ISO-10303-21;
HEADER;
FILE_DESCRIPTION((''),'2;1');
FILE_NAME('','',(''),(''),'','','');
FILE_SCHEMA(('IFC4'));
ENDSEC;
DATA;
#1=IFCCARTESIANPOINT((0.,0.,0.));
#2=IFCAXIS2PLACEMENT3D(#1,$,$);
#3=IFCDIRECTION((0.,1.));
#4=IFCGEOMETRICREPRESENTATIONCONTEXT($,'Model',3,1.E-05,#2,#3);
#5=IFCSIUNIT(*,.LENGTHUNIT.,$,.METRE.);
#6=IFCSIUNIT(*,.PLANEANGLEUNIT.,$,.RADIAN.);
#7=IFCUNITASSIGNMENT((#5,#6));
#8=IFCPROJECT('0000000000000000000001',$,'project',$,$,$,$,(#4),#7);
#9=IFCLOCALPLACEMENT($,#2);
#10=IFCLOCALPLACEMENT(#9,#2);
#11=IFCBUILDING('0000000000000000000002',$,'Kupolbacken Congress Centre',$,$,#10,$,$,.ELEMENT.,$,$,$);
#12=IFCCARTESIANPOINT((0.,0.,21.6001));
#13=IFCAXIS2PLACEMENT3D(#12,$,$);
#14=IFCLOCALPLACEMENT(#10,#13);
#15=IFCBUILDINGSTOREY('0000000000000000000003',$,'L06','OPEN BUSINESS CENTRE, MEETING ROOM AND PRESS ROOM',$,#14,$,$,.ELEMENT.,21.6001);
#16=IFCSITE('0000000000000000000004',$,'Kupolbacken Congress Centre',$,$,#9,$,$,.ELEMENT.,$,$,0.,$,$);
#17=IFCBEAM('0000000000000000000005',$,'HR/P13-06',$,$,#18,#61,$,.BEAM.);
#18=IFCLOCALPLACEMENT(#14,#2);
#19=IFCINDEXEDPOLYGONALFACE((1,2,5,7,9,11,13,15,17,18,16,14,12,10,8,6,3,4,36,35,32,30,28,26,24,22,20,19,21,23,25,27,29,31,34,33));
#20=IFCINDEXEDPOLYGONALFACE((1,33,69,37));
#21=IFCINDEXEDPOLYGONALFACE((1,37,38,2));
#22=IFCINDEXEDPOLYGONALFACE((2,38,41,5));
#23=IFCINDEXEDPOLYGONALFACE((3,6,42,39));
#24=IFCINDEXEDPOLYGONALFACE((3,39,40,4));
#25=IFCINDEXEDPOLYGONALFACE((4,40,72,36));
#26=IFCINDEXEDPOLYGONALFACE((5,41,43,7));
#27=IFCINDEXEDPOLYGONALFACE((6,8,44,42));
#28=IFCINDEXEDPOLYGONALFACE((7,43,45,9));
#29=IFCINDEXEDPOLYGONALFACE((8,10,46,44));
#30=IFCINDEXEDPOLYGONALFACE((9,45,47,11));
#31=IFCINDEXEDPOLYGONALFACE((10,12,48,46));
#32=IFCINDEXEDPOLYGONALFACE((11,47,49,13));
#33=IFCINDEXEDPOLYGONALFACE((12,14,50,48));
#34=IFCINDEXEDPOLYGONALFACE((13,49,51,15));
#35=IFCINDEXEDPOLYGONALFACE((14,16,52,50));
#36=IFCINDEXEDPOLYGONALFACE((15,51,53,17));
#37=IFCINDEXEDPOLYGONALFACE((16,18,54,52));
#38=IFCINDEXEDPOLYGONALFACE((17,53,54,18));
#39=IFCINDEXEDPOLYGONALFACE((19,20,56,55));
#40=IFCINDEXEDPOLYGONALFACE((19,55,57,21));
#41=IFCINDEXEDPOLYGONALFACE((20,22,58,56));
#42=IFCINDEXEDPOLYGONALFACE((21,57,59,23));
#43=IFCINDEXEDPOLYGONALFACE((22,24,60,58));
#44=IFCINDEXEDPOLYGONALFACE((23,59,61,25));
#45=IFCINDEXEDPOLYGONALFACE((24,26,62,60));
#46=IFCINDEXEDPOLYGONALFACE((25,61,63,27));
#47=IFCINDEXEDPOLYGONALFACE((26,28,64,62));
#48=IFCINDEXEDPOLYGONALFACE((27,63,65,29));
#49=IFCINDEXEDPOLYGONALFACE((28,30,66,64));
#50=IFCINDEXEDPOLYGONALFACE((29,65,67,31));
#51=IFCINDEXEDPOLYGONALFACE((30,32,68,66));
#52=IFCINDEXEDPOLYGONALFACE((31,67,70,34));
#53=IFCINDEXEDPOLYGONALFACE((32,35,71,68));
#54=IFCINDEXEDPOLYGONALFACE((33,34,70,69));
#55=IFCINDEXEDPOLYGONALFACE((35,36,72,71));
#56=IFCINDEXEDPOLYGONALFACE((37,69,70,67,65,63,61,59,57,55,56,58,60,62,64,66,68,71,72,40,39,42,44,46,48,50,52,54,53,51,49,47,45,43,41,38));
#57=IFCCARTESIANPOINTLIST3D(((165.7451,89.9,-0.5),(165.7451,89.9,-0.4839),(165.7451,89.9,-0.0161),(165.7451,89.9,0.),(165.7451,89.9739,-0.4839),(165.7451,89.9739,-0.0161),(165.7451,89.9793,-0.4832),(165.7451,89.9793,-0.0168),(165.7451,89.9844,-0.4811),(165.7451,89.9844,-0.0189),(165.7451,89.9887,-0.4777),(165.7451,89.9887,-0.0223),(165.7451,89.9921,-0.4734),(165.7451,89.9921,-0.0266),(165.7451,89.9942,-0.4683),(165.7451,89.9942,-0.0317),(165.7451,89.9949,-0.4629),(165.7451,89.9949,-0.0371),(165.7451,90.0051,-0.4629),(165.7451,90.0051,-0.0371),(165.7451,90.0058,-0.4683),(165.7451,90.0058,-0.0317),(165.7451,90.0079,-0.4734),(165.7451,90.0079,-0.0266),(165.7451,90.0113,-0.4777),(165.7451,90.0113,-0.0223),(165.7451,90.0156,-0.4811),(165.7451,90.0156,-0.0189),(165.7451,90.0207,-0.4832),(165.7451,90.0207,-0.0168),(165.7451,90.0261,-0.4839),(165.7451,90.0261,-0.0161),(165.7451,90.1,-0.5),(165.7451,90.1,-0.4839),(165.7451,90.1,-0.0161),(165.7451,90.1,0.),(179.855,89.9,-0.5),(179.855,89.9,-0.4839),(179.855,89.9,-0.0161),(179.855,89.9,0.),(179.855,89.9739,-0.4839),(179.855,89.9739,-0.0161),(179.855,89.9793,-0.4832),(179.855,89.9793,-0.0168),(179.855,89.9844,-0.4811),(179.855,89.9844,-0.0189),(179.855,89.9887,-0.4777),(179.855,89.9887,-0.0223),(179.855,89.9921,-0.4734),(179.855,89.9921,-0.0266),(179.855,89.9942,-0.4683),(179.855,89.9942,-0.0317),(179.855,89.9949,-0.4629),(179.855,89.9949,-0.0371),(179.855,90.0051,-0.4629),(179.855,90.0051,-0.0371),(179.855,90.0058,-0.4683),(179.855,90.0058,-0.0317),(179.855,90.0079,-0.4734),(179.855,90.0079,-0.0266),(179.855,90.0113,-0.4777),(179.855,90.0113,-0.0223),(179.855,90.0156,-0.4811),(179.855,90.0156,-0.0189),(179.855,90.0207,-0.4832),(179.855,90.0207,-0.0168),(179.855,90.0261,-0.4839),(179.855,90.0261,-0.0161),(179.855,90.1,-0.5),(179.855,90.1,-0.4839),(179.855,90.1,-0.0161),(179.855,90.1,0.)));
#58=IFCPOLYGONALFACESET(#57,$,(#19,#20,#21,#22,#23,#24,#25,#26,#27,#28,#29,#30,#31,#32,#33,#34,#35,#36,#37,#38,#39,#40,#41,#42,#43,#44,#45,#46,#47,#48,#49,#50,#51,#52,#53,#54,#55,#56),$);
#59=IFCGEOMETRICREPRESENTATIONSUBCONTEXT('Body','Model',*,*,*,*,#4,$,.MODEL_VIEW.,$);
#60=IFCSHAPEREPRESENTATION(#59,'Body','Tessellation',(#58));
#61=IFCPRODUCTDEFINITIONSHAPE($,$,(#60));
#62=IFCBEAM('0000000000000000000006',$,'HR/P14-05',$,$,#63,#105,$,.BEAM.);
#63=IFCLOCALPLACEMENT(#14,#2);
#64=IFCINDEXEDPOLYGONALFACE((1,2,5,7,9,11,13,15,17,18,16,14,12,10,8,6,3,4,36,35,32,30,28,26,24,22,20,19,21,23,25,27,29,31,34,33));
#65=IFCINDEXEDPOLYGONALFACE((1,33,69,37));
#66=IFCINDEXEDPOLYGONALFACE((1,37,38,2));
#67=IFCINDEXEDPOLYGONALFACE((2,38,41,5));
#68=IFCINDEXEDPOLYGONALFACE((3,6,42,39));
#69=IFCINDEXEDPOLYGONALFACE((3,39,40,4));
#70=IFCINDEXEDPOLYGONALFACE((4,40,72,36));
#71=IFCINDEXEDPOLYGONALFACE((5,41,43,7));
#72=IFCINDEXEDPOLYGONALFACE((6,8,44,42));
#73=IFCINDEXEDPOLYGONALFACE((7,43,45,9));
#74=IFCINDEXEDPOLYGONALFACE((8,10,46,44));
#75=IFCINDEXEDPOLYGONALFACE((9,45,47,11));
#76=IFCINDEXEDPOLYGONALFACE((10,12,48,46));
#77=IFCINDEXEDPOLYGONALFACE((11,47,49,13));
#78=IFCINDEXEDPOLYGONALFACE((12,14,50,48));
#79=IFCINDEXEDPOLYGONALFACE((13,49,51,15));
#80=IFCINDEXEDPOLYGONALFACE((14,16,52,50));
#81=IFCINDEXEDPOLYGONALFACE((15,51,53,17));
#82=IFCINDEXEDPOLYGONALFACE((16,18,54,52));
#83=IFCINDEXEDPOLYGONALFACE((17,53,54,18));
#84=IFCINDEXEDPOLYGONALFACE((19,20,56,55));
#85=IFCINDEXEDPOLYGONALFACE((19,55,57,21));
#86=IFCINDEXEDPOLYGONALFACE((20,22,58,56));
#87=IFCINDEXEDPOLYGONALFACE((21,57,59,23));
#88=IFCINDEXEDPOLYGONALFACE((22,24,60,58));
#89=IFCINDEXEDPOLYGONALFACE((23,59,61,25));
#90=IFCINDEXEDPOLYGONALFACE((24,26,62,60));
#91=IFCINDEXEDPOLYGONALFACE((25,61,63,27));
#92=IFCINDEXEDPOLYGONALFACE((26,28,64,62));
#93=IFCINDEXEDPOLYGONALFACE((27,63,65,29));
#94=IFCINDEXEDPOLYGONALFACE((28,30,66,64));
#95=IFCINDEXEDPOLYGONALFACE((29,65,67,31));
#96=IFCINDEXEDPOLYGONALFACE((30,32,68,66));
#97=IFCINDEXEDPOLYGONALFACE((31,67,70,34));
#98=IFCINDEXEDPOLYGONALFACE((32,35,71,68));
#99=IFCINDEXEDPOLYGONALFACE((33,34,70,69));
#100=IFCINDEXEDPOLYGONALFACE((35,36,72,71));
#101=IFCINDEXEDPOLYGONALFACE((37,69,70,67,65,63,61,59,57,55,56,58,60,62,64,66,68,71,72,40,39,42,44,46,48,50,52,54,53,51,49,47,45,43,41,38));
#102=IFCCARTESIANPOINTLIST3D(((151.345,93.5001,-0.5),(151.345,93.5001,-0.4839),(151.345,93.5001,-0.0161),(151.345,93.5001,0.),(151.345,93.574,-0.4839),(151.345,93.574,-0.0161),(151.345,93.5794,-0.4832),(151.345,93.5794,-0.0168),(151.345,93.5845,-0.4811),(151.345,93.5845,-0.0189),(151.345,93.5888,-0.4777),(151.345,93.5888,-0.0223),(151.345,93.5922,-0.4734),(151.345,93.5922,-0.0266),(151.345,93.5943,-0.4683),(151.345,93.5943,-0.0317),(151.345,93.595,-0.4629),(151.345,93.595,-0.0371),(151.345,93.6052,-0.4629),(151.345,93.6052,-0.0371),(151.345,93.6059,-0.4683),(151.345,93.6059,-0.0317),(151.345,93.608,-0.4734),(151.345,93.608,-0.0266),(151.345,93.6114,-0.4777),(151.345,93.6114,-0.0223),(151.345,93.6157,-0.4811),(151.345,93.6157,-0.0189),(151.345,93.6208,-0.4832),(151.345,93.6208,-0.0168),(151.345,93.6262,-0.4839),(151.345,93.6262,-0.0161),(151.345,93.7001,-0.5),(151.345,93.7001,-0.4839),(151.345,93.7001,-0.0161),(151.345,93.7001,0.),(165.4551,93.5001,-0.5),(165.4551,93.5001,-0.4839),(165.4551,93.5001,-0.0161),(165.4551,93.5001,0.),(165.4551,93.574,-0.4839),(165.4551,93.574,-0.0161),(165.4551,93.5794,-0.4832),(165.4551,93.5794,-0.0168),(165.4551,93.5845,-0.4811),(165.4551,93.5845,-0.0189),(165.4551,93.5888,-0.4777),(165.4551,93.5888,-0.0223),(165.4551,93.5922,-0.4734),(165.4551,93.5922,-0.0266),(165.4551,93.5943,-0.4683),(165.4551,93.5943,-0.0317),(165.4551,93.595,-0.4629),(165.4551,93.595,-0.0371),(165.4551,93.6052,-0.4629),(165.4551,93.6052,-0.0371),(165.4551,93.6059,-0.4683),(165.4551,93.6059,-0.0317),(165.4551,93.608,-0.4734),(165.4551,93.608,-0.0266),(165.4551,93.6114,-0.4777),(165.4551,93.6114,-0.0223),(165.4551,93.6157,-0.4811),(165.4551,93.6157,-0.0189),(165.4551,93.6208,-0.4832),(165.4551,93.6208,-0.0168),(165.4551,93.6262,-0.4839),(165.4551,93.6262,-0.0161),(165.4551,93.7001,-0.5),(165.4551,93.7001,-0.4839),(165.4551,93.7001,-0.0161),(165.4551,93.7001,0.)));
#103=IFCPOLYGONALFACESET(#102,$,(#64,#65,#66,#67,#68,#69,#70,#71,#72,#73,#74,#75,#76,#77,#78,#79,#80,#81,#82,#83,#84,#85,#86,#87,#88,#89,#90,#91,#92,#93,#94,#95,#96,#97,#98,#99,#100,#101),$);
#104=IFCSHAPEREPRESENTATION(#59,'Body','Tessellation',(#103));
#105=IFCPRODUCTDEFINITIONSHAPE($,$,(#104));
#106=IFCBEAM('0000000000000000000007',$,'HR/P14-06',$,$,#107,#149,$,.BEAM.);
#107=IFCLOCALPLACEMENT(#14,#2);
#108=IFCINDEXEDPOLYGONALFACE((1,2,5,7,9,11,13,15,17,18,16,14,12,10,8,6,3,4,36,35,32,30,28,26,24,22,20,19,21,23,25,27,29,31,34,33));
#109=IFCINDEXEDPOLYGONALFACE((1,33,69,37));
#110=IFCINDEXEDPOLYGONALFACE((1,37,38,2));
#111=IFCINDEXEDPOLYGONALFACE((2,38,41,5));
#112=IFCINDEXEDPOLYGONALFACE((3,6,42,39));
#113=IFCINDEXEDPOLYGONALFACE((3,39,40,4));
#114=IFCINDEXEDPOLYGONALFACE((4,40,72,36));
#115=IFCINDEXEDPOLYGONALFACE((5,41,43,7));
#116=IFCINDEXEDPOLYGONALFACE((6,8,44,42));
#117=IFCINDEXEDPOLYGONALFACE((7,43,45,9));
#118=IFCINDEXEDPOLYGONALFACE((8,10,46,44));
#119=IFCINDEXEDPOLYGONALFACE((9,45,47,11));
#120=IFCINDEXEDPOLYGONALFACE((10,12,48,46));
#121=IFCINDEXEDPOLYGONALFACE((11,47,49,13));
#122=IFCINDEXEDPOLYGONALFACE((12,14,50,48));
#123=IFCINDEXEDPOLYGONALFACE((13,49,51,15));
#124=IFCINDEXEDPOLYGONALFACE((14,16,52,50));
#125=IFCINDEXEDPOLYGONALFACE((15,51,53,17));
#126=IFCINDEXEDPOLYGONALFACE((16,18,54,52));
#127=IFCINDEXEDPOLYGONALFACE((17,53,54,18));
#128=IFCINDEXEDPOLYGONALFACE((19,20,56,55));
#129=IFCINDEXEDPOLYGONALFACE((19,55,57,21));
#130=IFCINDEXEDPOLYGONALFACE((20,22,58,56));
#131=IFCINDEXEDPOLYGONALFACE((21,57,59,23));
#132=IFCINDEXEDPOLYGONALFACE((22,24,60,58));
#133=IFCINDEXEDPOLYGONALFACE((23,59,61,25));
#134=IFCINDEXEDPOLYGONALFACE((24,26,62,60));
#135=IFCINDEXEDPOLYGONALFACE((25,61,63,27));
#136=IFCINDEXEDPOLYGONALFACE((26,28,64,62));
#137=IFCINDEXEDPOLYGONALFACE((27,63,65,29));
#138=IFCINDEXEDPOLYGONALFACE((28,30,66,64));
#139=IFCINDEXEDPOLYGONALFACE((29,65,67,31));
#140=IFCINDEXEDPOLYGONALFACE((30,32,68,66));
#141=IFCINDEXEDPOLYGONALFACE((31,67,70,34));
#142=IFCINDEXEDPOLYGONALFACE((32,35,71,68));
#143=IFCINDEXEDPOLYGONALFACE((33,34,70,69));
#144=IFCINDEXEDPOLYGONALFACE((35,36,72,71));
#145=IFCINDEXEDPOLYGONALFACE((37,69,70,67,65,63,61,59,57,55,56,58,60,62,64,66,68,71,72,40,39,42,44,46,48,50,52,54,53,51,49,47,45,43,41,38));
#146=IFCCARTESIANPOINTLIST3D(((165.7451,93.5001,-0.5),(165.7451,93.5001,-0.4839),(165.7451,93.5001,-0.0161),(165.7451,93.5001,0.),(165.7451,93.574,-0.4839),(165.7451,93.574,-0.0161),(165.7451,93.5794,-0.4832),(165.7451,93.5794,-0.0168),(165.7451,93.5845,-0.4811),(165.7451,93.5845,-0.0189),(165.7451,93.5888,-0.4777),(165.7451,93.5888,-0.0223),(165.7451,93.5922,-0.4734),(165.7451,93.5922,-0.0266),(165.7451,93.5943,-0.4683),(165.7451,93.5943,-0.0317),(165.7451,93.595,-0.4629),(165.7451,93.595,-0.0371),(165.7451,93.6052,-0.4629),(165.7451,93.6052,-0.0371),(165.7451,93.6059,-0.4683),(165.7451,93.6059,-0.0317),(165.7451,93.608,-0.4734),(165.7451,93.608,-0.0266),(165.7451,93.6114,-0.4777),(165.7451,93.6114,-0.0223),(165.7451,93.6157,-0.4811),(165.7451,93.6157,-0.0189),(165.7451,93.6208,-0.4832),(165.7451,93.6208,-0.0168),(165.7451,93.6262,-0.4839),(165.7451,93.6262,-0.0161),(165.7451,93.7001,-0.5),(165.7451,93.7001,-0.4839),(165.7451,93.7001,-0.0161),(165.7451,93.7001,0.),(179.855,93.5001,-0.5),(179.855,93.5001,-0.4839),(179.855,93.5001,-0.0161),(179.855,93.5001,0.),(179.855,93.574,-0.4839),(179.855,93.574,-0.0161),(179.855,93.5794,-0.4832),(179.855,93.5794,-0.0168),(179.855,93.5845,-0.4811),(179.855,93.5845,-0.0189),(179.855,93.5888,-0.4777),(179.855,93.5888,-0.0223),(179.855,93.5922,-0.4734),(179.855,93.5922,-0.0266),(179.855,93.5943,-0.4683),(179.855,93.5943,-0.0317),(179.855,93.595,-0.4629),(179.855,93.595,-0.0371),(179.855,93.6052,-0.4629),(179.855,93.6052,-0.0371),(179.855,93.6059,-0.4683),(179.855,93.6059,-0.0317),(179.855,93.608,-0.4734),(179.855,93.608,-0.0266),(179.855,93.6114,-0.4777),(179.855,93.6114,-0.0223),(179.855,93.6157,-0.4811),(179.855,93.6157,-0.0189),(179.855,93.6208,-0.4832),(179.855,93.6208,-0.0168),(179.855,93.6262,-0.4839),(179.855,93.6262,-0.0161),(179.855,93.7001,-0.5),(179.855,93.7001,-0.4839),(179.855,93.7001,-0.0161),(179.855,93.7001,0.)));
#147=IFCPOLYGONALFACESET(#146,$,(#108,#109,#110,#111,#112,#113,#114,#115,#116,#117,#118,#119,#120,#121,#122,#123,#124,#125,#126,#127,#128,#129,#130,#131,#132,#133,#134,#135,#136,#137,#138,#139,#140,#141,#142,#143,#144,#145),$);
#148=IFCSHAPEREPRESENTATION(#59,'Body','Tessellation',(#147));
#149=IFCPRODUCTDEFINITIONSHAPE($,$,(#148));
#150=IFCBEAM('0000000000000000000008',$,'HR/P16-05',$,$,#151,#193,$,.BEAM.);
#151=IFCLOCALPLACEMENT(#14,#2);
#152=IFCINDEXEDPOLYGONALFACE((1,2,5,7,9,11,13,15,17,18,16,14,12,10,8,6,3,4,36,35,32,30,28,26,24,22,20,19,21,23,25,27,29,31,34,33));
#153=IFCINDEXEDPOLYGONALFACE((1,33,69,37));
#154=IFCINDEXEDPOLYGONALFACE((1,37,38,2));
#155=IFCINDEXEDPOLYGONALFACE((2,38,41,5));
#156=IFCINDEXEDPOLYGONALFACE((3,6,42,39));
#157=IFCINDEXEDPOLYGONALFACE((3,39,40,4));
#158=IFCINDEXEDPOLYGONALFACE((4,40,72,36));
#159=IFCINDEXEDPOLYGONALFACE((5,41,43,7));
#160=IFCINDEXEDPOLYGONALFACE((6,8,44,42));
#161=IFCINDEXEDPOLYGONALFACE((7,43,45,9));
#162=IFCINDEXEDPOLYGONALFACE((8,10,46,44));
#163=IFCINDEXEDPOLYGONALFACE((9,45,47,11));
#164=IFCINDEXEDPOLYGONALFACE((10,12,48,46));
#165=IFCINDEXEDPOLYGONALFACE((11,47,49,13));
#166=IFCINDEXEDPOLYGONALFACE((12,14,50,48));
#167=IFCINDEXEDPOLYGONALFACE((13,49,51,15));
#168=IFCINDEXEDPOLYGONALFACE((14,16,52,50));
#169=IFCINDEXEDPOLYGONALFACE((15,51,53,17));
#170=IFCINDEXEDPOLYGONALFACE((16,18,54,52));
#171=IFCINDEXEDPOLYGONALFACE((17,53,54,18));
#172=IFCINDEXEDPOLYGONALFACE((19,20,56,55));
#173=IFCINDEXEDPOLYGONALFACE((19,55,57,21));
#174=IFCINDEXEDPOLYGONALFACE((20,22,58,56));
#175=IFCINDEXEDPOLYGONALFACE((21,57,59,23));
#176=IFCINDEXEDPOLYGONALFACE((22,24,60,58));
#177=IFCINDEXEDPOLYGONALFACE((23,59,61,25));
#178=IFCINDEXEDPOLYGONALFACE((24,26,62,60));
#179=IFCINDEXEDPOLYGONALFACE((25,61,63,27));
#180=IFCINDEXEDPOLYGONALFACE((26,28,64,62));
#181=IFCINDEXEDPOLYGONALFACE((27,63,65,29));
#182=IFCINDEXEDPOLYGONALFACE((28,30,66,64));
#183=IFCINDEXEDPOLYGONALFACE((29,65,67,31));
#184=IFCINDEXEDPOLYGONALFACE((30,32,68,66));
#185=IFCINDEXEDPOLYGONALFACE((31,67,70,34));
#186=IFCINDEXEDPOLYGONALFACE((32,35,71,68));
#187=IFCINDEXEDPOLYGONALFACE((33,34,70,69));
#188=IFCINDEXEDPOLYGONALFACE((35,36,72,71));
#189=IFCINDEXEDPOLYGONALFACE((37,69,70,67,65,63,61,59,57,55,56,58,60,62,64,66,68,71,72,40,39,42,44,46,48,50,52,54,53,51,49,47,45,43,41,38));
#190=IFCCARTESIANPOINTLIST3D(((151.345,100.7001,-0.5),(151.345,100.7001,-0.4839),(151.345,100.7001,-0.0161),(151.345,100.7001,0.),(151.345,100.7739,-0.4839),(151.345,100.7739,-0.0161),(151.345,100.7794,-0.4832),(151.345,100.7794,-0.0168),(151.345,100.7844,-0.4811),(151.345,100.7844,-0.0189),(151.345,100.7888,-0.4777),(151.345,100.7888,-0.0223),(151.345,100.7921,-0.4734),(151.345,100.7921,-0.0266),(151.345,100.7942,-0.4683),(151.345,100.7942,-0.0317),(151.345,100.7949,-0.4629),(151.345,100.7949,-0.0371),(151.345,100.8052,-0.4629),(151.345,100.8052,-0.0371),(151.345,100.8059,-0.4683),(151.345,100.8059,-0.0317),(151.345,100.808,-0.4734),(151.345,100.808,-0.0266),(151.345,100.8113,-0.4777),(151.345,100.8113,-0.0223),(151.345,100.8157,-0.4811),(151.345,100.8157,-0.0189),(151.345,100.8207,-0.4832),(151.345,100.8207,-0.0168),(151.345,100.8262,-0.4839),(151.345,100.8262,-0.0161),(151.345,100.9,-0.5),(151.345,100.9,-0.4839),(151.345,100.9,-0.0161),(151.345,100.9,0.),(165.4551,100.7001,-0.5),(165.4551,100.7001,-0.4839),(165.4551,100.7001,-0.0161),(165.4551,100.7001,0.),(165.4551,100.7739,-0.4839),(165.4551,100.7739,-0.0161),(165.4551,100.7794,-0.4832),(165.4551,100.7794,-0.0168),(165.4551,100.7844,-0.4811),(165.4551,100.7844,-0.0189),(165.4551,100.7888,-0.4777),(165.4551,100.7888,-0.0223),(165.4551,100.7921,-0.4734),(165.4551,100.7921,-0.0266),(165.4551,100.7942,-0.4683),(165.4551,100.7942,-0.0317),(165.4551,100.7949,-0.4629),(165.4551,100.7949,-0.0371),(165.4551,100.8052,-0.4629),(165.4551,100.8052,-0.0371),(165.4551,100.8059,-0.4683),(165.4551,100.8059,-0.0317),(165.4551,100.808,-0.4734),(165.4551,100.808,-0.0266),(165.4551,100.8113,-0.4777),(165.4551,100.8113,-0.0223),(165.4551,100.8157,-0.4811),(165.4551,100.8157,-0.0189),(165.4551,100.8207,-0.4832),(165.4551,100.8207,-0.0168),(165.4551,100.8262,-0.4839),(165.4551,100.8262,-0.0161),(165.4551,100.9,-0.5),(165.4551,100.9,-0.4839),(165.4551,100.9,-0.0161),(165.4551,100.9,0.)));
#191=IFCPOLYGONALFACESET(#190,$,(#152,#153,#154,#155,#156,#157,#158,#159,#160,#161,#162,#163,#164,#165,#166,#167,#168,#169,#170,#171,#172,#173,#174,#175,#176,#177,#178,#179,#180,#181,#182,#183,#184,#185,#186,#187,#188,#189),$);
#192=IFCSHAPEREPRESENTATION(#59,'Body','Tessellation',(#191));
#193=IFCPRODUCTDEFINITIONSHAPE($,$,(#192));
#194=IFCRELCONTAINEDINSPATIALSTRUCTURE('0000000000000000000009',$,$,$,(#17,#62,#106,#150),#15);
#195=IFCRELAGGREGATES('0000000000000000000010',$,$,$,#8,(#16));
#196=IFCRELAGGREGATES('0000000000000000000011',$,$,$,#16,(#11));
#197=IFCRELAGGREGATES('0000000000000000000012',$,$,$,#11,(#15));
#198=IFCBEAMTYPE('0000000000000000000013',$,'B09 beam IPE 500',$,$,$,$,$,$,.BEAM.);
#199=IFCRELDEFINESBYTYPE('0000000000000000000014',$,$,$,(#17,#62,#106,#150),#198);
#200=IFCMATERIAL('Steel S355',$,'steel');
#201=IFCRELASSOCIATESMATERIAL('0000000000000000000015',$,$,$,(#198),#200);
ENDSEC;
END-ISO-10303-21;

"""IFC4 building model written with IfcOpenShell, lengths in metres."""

from ifc_helpers import new_model, si_unit, direction, frame, origin, origin_2d, place, context, subcontext, project, spatial, i_section, extrude, material, material_profile, profile_set, type_object, element, save


model = new_model("IFC4")

# Units and contexts
model_context = context("Model", 3, precision=1e-05, world=origin(), true_north=direction((0.0, 1.0)))
body_context = subcontext(model_context, "Body", "Model", "MODEL_VIEW")
ifc_project = project(units=[si_unit("LENGTHUNIT", "METRE"), si_unit("PLANEANGLEUNIT", "RADIAN")], contexts=[model_context])

# Site, building, storey
site_placement = place(None, origin())
site = spatial("IfcSite", under=ifc_project, at=site_placement, Name="Kupolbacken Congress Centre", CompositionType="ELEMENT", RefElevation=0.0)
building_placement = place(site_placement, origin())
building = spatial("IfcBuilding", under=site, at=building_placement, Name="Kupolbacken Congress Centre", CompositionType="ELEMENT")
storey_placement = place(building_placement, frame((0.0, 0.0, 21.6001)))
storey = spatial("IfcBuildingStorey", under=building, at=storey_placement, Name="L06", Description="OPEN BUSINESS CENTRE, MEETING ROOM AND PRESS ROOM", CompositionType="ELEMENT", Elevation=21.6001)

# Beams
ifc_material_1 = material(Name="Steel S355", Category="steel")
ifc_material_profile_1 = material_profile(ifc_material_1, i_section(OverallWidth=0.2, OverallDepth=0.5, WebThickness=0.0103, FlangeThickness=0.0161, FilletRadius=0.021, at=origin_2d()), Name="IPE 500")
ifc_profile_set_1 = profile_set([ifc_material_profile_1], Name="Steel S355")
beam_type_1 = type_object("IfcBeamType", Name="B09 beam IPE 500", PredefinedType="BEAM", material=ifc_profile_set_1)
beam_1_placement = place(storey_placement, frame((165.7451, 90.0, -0.25), z_axis=(1.0, 0.0, 0.0), x_axis=(0.0, 1.0, 0.0)))
element("IfcBeam", 1, at=beam_1_placement, inside=storey, type_object=beam_type_1, Name="HR/P13-06", PredefinedType="BEAM", context=body_context, shape_type="SweptSolid", body=[
    extrude(i_section(OverallWidth=0.2, OverallDepth=0.5, WebThickness=0.0103, FlangeThickness=0.0161, FilletRadius=0.021, at=origin_2d()), origin(), (0.0, 0.0, 1.0), 14.1099),
])
beam_2_placement = place(storey_placement, frame((151.345, 93.6001, -0.25), z_axis=(1.0, 0.0, 0.0), x_axis=(0.0, 1.0, 0.0)))
element("IfcBeam", 2, at=beam_2_placement, inside=storey, type_object=beam_type_1, Name="HR/P14-05", PredefinedType="BEAM", context=body_context, shape_type="SweptSolid", body=[
    extrude(i_section(OverallWidth=0.2, OverallDepth=0.5, WebThickness=0.0103, FlangeThickness=0.0161, FilletRadius=0.021, at=origin_2d()), origin(), (0.0, 0.0, 1.0), 14.1101),
])
beam_3_placement = place(storey_placement, frame((165.7451, 93.6001, -0.25), z_axis=(1.0, 0.0, 0.0), x_axis=(0.0, 1.0, 0.0)))
element("IfcBeam", 3, at=beam_3_placement, inside=storey, type_object=beam_type_1, Name="HR/P14-06", PredefinedType="BEAM", context=body_context, shape_type="SweptSolid", body=[
    extrude(i_section(OverallWidth=0.2, OverallDepth=0.5, WebThickness=0.0103, FlangeThickness=0.0161, FilletRadius=0.021, at=origin_2d()), origin(), (0.0, 0.0, 1.0), 14.1099),
])
beam_4_placement = place(storey_placement, frame((151.345, 100.8, -0.25), z_axis=(1.0, 0.0, 0.0), x_axis=(0.0, 1.0, 0.0)))
element("IfcBeam", 4, at=beam_4_placement, inside=storey, type_object=beam_type_1, Name="HR/P16-05", PredefinedType="BEAM", context=body_context, shape_type="SweptSolid", body=[
    extrude(i_section(OverallWidth=0.2, OverallDepth=0.5, WebThickness=0.0103, FlangeThickness=0.0161, FilletRadius=0.021, at=origin_2d()), origin(), (0.0, 0.0, 1.0), 14.1101),
])

save(model, "model.ifc")
